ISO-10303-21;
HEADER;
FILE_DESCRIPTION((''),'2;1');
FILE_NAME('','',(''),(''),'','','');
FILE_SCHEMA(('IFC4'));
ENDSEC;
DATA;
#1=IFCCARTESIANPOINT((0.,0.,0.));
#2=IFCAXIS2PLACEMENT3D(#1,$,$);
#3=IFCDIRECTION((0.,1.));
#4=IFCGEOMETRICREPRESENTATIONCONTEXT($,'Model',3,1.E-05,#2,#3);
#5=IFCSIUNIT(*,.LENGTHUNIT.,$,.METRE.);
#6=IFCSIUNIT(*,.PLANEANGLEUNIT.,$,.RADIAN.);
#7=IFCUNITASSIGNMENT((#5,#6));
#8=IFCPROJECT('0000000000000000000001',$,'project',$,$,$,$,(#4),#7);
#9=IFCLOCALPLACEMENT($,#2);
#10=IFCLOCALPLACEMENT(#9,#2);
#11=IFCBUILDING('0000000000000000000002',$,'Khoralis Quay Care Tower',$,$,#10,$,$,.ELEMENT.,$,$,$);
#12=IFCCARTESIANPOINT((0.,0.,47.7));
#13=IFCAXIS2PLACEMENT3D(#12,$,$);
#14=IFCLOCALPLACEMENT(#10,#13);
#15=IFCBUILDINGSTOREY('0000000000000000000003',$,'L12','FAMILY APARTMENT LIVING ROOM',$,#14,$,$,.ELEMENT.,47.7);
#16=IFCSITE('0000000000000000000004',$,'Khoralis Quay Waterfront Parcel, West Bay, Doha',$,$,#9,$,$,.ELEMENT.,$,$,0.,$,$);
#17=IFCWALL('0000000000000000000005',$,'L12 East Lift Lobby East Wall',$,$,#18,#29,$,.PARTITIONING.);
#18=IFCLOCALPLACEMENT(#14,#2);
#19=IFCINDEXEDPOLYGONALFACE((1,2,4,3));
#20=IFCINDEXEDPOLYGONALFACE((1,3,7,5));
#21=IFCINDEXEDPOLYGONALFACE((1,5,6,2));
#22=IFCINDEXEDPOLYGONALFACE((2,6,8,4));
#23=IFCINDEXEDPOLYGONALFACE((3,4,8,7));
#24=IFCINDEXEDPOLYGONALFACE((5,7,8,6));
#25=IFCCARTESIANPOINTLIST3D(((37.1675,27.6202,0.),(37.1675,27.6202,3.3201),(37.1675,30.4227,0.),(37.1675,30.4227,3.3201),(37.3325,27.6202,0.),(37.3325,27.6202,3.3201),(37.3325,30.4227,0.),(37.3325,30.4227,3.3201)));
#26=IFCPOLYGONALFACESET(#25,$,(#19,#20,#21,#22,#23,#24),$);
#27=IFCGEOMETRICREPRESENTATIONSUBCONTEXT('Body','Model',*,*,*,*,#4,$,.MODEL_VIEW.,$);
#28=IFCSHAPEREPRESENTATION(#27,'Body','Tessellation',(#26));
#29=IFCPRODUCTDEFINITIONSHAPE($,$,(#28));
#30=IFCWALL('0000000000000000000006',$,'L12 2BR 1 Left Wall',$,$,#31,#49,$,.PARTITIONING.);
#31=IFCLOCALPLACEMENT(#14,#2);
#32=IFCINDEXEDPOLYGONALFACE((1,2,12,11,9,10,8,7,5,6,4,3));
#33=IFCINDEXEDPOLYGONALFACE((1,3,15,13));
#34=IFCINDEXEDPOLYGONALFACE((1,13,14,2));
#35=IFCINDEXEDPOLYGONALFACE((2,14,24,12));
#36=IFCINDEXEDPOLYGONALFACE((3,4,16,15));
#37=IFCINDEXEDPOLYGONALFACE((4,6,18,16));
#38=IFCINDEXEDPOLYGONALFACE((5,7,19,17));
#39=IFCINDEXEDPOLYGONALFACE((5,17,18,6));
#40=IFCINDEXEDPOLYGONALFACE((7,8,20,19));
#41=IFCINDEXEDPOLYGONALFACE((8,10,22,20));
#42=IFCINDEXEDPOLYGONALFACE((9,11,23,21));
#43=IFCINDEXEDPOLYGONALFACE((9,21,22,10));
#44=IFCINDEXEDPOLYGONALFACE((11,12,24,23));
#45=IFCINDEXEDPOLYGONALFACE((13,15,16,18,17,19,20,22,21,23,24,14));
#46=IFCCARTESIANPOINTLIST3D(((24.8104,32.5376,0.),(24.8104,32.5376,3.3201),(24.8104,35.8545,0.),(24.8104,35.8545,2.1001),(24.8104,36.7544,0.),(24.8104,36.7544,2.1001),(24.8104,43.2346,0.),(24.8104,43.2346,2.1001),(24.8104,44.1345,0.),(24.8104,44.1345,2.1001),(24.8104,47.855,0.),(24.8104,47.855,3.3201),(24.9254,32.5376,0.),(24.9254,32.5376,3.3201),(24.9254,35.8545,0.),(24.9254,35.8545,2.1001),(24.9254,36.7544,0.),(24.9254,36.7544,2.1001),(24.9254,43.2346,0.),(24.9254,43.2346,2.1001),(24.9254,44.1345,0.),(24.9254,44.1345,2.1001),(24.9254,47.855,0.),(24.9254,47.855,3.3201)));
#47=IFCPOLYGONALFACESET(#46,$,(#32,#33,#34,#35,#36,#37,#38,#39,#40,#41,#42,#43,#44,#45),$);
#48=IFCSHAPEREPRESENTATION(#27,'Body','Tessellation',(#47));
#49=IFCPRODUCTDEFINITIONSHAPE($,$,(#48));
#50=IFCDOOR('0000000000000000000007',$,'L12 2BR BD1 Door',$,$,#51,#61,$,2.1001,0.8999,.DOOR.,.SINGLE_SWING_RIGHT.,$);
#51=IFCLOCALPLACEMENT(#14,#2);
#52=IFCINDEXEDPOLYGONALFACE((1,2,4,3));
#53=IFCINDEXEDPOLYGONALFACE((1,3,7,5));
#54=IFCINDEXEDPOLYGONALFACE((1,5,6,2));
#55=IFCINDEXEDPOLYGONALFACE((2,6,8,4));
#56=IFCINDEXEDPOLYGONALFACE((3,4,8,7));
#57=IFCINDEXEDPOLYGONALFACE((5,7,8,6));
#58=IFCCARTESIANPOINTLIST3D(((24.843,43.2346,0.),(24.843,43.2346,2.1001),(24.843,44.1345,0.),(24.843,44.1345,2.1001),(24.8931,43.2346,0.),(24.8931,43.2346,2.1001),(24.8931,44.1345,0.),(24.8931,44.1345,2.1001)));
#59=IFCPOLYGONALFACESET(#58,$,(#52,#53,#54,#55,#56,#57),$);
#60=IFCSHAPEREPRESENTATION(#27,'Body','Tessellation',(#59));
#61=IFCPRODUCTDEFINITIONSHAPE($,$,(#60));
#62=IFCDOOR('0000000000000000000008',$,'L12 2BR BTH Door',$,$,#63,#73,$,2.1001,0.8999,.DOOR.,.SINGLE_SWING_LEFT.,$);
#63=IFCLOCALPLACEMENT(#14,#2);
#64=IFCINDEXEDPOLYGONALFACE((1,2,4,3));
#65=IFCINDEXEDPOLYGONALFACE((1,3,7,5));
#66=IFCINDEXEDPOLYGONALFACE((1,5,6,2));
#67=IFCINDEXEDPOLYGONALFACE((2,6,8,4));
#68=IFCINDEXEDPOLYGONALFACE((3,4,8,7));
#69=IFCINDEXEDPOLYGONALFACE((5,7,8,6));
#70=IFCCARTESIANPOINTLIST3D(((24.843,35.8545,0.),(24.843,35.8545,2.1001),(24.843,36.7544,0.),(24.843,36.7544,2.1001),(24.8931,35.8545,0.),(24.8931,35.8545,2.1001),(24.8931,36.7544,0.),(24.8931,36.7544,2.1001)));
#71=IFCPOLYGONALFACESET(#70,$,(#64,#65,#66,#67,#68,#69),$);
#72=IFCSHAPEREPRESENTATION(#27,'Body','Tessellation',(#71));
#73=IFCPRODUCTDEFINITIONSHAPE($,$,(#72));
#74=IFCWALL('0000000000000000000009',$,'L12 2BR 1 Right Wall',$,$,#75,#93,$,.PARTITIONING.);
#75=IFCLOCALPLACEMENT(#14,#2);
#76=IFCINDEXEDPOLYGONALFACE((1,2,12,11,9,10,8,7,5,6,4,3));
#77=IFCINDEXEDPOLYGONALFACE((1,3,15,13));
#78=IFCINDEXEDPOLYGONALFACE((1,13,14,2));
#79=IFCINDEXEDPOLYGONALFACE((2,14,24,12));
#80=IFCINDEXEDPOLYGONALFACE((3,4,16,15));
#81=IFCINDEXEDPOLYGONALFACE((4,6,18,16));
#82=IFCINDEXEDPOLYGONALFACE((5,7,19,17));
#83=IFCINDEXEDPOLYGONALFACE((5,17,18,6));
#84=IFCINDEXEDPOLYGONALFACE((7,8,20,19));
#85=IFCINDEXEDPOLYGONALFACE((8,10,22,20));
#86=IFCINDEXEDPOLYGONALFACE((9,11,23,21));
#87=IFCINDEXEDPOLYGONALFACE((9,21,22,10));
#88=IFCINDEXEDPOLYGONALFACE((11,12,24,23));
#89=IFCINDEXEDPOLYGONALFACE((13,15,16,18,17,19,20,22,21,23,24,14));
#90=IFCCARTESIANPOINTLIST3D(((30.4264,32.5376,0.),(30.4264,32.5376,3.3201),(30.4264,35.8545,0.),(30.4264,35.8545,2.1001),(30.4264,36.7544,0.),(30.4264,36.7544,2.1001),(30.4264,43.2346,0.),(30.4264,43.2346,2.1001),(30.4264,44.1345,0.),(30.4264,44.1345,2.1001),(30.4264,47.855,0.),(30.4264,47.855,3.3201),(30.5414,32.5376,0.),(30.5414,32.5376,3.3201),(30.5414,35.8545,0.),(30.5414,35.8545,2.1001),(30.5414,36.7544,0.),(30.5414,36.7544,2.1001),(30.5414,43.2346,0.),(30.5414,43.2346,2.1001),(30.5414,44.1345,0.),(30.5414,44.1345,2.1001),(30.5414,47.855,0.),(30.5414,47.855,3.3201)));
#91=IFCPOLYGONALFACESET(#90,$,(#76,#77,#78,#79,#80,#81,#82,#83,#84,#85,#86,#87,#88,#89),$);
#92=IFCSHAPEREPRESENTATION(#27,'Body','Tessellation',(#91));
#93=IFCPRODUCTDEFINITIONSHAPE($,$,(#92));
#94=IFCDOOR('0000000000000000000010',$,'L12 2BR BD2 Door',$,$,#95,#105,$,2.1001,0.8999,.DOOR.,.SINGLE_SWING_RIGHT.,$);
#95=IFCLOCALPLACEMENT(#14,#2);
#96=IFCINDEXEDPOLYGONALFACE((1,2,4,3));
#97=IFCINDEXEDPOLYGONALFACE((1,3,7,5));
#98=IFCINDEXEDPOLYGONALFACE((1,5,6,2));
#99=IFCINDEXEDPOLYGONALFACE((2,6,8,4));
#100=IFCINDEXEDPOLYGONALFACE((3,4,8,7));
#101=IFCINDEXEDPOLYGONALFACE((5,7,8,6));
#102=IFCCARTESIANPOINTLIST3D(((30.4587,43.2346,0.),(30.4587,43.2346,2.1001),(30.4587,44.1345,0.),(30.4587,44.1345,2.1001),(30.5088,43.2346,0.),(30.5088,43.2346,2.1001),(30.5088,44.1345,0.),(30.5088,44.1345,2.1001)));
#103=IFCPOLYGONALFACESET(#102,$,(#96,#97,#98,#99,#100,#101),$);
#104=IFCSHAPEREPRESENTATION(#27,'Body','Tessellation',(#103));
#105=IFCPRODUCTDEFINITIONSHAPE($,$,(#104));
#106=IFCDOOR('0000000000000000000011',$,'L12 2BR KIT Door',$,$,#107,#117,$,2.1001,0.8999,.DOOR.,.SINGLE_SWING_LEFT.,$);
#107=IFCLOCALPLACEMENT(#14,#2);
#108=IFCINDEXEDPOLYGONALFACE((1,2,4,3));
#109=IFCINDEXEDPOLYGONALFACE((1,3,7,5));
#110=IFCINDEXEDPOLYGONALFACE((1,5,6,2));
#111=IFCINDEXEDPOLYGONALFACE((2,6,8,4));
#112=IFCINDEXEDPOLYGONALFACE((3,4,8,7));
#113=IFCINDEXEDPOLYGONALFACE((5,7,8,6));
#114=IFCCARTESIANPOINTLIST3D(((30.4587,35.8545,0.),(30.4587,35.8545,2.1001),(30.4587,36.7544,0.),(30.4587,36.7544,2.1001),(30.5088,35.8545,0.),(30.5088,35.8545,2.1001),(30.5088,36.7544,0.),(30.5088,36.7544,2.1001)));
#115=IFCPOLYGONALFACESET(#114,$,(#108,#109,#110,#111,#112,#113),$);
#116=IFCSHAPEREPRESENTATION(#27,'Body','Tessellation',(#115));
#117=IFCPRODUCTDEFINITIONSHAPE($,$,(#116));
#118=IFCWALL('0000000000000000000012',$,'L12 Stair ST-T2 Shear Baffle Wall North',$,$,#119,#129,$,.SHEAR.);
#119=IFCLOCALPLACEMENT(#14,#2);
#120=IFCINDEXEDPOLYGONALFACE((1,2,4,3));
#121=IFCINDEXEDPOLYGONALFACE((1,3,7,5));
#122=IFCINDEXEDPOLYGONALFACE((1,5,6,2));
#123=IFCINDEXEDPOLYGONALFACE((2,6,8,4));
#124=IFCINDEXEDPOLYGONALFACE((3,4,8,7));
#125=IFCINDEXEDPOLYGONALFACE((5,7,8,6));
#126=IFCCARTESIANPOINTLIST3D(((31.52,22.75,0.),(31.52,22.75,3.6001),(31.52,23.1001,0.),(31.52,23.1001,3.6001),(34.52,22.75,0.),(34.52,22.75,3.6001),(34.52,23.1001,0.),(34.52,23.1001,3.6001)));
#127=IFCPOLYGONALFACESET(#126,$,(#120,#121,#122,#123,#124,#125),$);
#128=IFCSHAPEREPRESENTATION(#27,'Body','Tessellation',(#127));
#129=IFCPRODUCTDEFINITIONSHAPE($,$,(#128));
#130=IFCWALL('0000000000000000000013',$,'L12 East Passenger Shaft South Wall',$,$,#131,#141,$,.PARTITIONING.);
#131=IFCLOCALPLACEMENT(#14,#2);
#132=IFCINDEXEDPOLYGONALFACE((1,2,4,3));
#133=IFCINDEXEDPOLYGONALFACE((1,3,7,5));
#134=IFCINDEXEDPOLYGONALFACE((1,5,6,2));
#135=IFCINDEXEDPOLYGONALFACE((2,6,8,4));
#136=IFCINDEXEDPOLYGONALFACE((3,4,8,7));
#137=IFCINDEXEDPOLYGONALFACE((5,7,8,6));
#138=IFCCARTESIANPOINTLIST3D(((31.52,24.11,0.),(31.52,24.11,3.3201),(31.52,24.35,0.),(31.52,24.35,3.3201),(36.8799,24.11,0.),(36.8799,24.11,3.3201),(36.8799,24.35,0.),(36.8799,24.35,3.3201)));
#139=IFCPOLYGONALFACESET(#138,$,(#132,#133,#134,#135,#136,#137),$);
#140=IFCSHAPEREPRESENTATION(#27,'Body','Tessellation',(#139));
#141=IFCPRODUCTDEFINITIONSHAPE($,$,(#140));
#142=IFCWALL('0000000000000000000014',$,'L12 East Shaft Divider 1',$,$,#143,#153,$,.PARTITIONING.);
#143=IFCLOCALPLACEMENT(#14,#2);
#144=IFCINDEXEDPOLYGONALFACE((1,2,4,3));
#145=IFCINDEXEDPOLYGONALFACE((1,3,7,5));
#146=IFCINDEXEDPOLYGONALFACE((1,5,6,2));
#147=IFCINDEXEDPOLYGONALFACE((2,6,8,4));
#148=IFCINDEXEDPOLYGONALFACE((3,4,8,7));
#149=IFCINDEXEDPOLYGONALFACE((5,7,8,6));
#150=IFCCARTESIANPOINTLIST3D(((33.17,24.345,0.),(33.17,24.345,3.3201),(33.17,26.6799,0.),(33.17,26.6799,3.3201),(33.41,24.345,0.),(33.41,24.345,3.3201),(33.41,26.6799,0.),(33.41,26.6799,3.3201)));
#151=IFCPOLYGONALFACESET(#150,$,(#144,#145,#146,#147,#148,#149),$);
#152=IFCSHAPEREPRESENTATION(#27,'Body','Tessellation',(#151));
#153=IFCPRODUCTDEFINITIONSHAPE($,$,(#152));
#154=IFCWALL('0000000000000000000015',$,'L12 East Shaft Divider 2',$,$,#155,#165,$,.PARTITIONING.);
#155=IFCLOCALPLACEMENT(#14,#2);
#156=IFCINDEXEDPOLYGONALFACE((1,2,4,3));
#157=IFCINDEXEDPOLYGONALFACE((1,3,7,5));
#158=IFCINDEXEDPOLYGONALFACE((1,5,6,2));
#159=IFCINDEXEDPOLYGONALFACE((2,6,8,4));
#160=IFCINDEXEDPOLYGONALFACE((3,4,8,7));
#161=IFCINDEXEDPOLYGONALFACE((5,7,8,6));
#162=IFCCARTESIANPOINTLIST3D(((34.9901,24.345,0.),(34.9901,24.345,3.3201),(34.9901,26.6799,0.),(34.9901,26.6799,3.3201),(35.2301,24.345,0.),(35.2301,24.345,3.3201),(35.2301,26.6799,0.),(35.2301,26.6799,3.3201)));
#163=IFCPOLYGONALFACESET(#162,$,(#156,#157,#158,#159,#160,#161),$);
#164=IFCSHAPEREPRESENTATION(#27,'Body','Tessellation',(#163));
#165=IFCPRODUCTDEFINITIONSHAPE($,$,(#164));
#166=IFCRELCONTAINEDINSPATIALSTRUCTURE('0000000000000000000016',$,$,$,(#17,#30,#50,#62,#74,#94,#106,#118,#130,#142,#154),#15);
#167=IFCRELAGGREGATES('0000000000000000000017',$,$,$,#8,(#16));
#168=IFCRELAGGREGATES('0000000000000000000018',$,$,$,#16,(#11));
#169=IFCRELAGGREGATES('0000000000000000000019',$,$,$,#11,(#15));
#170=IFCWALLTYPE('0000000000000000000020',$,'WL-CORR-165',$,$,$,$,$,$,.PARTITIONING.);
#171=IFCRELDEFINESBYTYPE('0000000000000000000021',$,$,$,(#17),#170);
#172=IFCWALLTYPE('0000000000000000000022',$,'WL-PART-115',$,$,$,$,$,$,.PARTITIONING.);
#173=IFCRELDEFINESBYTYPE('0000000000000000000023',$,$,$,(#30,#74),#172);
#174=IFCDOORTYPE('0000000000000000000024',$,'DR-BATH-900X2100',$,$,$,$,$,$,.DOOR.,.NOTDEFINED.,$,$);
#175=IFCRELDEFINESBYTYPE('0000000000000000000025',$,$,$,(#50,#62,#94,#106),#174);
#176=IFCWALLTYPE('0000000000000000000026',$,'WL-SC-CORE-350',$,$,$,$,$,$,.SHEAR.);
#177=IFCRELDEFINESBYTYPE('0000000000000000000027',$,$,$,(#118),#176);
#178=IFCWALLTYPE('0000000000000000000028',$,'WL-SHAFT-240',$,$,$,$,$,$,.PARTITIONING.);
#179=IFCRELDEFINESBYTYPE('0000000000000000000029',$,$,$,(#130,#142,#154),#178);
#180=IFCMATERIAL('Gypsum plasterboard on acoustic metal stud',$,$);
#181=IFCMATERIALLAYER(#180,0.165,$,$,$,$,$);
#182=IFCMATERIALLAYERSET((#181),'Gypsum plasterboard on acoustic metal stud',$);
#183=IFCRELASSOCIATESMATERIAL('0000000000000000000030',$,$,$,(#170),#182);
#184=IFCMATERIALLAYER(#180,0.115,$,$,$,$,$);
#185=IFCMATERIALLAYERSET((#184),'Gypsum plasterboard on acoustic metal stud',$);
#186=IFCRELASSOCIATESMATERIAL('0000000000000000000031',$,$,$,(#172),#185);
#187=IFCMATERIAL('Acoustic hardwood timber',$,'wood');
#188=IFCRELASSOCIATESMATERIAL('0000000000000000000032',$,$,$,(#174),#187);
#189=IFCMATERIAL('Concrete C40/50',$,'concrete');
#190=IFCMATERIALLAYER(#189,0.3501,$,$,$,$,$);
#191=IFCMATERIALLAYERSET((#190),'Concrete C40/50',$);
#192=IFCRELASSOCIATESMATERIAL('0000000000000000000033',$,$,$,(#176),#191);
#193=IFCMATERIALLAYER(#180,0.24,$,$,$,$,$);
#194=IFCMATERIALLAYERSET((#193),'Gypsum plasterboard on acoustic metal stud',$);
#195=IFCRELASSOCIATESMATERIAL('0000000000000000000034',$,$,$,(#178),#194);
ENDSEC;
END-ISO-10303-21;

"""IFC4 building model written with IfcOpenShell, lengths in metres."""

from ifc_helpers import new_model, si_unit, direction, frame, frame_2d, origin, place, context, subcontext, project, spatial, rectangle, extrude, source, transform, mapped, material, layer, layer_set, type_object, element, fill, save


model = new_model("IFC4")

# Units and contexts
model_context = context("Model", 3, precision=1e-05, world=origin(), true_north=direction((0.0, 1.0)))
body_context = subcontext(model_context, "Body", "Model", "MODEL_VIEW")
ifc_project = project(units=[si_unit("LENGTHUNIT", "METRE"), si_unit("PLANEANGLEUNIT", "RADIAN")], contexts=[model_context])

# Site, building, storey
site_placement = place(None, origin())
site = spatial("IfcSite", under=ifc_project, at=site_placement, Name="Khoralis Quay Waterfront Parcel, West Bay, Doha", CompositionType="ELEMENT", RefElevation=0.0)
building_placement = place(site_placement, origin())
building = spatial("IfcBuilding", under=site, at=building_placement, Name="Khoralis Quay Care Tower", CompositionType="ELEMENT")
storey_placement = place(building_placement, frame((0.0, 0.0, 47.7)))
storey = spatial("IfcBuildingStorey", under=building, at=storey_placement, Name="L12", Description="FAMILY APARTMENT LIVING ROOM", CompositionType="ELEMENT", Elevation=47.7)

# Shared definitions
ifc_material_1 = material(Name="Gypsum plasterboard on acoustic metal stud")
ifc_layer_1 = layer(ifc_material_1, 0.165)
ifc_layer_set_1 = layer_set([ifc_layer_1], Name="Gypsum plasterboard on acoustic metal stud")
wall_type_1 = type_object("IfcWallType", Name="WL-CORR-165", PredefinedType="PARTITIONING", material=ifc_layer_set_1)

# Wall
wall_1_placement = place(storey_placement, frame((37.25, 27.6201, 0.0), z_axis=(0.0, 0.0, 1.0), x_axis=(0.0, 1.0, 0.0)))
element("IfcWall", 1, at=wall_1_placement, inside=storey, type_object=wall_type_1, Name="L12 East Lift Lobby East Wall", PredefinedType="PARTITIONING", context=body_context, shape_type="SweptSolid", body=[
    extrude(rectangle(XDim=2.8025, YDim=0.165, at=frame_2d((1.4014, 0.0))), origin(), (0.0, 0.0, 1.0), 3.3201),
])

# Walls, openings, doors
ifc_layer_2 = layer(ifc_material_1, 0.115)
ifc_layer_set_2 = layer_set([ifc_layer_2], Name="Gypsum plasterboard on acoustic metal stud")
wall_type_2 = type_object("IfcWallType", Name="WL-PART-115", PredefinedType="PARTITIONING", material=ifc_layer_set_2)
wall_2_placement = place(storey_placement, frame((24.8679, 32.5376, 0.0), z_axis=(0.0, 0.0, 1.0), x_axis=(0.0, 1.0, 0.0)))
wall_2 = element("IfcWall", 2, at=wall_2_placement, inside=storey, type_object=wall_type_2, Name="L12 2BR 1 Left Wall", PredefinedType="PARTITIONING", context=body_context, shape_type="SweptSolid", body=[
    extrude(rectangle(XDim=15.3174, YDim=0.115, at=frame_2d((7.6587, 0.0))), origin(), (0.0, 0.0, 1.0), 3.3201),
])
opening_1_placement = place(wall_2_placement, frame((10.697, 0.0, 0.0)))
opening_1 = element("IfcOpeningElement", 3, at=opening_1_placement, cuts=wall_2, PredefinedType="OPENING", context=body_context, shape_type="SweptSolid", body=[
    extrude(rectangle(XDim=0.8999, YDim=2.1001, at=frame_2d((0.45, 1.05))), frame((0.0, 0.0674, 0.0), z_axis=(0.0, -1.0, 0.0), x_axis=(1.0, 0.0, 0.0)), (0.0, 0.0, 1.0), 0.135),
])
opening_2_placement = place(wall_2_placement, frame((3.3169, 0.0, 0.0)))
opening_2 = element("IfcOpeningElement", 4, at=opening_2_placement, cuts=wall_2, PredefinedType="OPENING", context=body_context, shape_type="SweptSolid", body=[
    extrude(rectangle(XDim=0.8999, YDim=2.1001, at=frame_2d((0.45, 1.05))), frame((0.0, 0.0674, 0.0), z_axis=(0.0, -1.0, 0.0), x_axis=(1.0, 0.0, 0.0)), (0.0, 0.0, 1.0), 0.135),
])
ifc_material_2 = material(Name="Acoustic hardwood timber", Category="wood")
door_type_1 = type_object("IfcDoorType", Name="DR-BATH-900X2100", OperationType="NOTDEFINED", PredefinedType="DOOR", material=ifc_material_2)
shared_shape_1 = source(origin(), body_context, "Body", "SweptSolid", [
    extrude(rectangle(XDim=0.8999, YDim=2.1001, at=frame_2d((0.45, 1.05))), frame((0.0, 0.0249, 0.0), z_axis=(0.0, -1.0, 0.0), x_axis=(1.0, 0.0, 0.0)), (0.0, 0.0, 1.0), 0.05),
])
door_1_placement = place(opening_1_placement, origin())
door_1 = element("IfcDoor", 5, at=door_1_placement, inside=storey, type_object=door_type_1, Name="L12 2BR BD1 Door", OperationType="SINGLE_SWING_RIGHT", OverallHeight=2.1001, OverallWidth=0.8999, PredefinedType="DOOR", context=body_context, shape_type="MappedRepresentation", body=[
    mapped(shared_shape_1, transform((0.0, 0.0, 0.0), scale=1.0)),
])
fill(opening_1, door_1)
door_2_placement = place(opening_2_placement, origin())
door_2 = element("IfcDoor", 6, at=door_2_placement, inside=storey, type_object=door_type_1, Name="L12 2BR BTH Door", OperationType="SINGLE_SWING_LEFT", OverallHeight=2.1001, OverallWidth=0.8999, PredefinedType="DOOR", context=body_context, shape_type="MappedRepresentation", body=[
    mapped(shared_shape_1, transform((0.0, 0.0, 0.0), scale=1.0)),
])
fill(opening_2, door_2)
wall_3_placement = place(storey_placement, frame((30.4839, 32.5376, 0.0), z_axis=(0.0, 0.0, 1.0), x_axis=(0.0, 1.0, 0.0)))
wall_3 = element("IfcWall", 7, at=wall_3_placement, inside=storey, type_object=wall_type_2, Name="L12 2BR 1 Right Wall", PredefinedType="PARTITIONING", context=body_context, shape_type="SweptSolid", body=[
    extrude(rectangle(XDim=15.3174, YDim=0.115, at=frame_2d((7.6587, 0.0))), origin(), (0.0, 0.0, 1.0), 3.3201),
])
opening_3_placement = place(wall_3_placement, frame((10.697, 0.0, 0.0)))
opening_3 = element("IfcOpeningElement", 8, at=opening_3_placement, cuts=wall_3, PredefinedType="OPENING", context=body_context, shape_type="SweptSolid", body=[
    extrude(rectangle(XDim=0.8999, YDim=2.1001, at=frame_2d((0.45, 1.05))), frame((0.0, 0.0674, 0.0), z_axis=(0.0, -1.0, 0.0), x_axis=(1.0, 0.0, 0.0)), (0.0, 0.0, 1.0), 0.135),
])
opening_4_placement = place(wall_3_placement, frame((3.3169, 0.0, 0.0)))
opening_4 = element("IfcOpeningElement", 9, at=opening_4_placement, cuts=wall_3, PredefinedType="OPENING", context=body_context, shape_type="SweptSolid", body=[
    extrude(rectangle(XDim=0.8999, YDim=2.1001, at=frame_2d((0.45, 1.05))), frame((0.0, 0.0674, 0.0), z_axis=(0.0, -1.0, 0.0), x_axis=(1.0, 0.0, 0.0)), (0.0, 0.0, 1.0), 0.135),
])
door_3_placement = place(opening_3_placement, frame((0.8999, 0.0, 0.0), z_axis=(0.0, 0.0, 1.0), x_axis=(-1.0, 0.0, 0.0)))
door_3 = element("IfcDoor", 10, at=door_3_placement, inside=storey, type_object=door_type_1, Name="L12 2BR BD2 Door", OperationType="SINGLE_SWING_RIGHT", OverallHeight=2.1001, OverallWidth=0.8999, PredefinedType="DOOR", context=body_context, shape_type="MappedRepresentation", body=[
    mapped(shared_shape_1, transform((0.0, 0.0, 0.0), scale=1.0)),
])
fill(opening_3, door_3)
door_4_placement = place(opening_4_placement, frame((0.8999, 0.0, 0.0), z_axis=(0.0, 0.0, 1.0), x_axis=(-1.0, 0.0, 0.0)))
door_4 = element("IfcDoor", 11, at=door_4_placement, inside=storey, type_object=door_type_1, Name="L12 2BR KIT Door", OperationType="SINGLE_SWING_LEFT", OverallHeight=2.1001, OverallWidth=0.8999, PredefinedType="DOOR", context=body_context, shape_type="MappedRepresentation", body=[
    mapped(shared_shape_1, transform((0.0, 0.0, 0.0), scale=1.0)),
])
fill(opening_4, door_4)

# Walls
ifc_material_3 = material(Name="Concrete C40/50", Category="concrete")
ifc_layer_3 = layer(ifc_material_3, 0.3501)
ifc_layer_set_3 = layer_set([ifc_layer_3], Name="Concrete C40/50")
wall_type_3 = type_object("IfcWallType", Name="WL-SC-CORE-350", PredefinedType="SHEAR", material=ifc_layer_set_3)
wall_4_placement = place(storey_placement, frame((31.52, 22.925, 0.0), z_axis=(0.0, 0.0, 1.0), x_axis=(1.0, 0.0, 0.0)))
element("IfcWall", 12, at=wall_4_placement, inside=storey, type_object=wall_type_3, Name="L12 Stair ST-T2 Shear Baffle Wall North", PredefinedType="SHEAR", context=body_context, shape_type="SweptSolid", body=[
    extrude(rectangle(XDim=3.0, YDim=0.3501, at=frame_2d((1.5, 0.0))), origin(), (0.0, 0.0, 1.0), 3.6001),
])
ifc_layer_4 = layer(ifc_material_1, 0.24)
ifc_layer_set_4 = layer_set([ifc_layer_4], Name="Gypsum plasterboard on acoustic metal stud")
wall_type_4 = type_object("IfcWallType", Name="WL-SHAFT-240", PredefinedType="PARTITIONING", material=ifc_layer_set_4)
wall_5_placement = place(storey_placement, frame((31.52, 24.23, 0.0), z_axis=(0.0, 0.0, 1.0), x_axis=(1.0, 0.0, 0.0)))
element("IfcWall", 13, at=wall_5_placement, inside=storey, type_object=wall_type_4, Name="L12 East Passenger Shaft South Wall", PredefinedType="PARTITIONING", context=body_context, shape_type="SweptSolid", body=[
    extrude(rectangle(XDim=5.3599, YDim=0.24, at=frame_2d((2.6799, 0.0))), origin(), (0.0, 0.0, 1.0), 3.3201),
])
for number, where, z_axis, x_axis, name in (
    (14, (33.29, 24.345, 0.0), (0.0, 0.0, 1.0), (0.0, 1.0, 0.0), "L12 East Shaft Divider 1"),
    (15, (35.1101, 24.345, 0.0), (0.0, 0.0, 1.0), (0.0, 1.0, 0.0), "L12 East Shaft Divider 2"),
):
    element("IfcWall", number, at=place(storey_placement, frame(where, z_axis=z_axis, x_axis=x_axis)), inside=storey, type_object=wall_type_4, Name=name, PredefinedType="PARTITIONING", context=body_context, shape_type="SweptSolid", body=[
        extrude(rectangle(XDim=2.335, YDim=0.24, at=frame_2d((1.1675, 0.0))), origin(), (0.0, 0.0, 1.0), 3.3201),
    ])

save(model, "model.ifc")
